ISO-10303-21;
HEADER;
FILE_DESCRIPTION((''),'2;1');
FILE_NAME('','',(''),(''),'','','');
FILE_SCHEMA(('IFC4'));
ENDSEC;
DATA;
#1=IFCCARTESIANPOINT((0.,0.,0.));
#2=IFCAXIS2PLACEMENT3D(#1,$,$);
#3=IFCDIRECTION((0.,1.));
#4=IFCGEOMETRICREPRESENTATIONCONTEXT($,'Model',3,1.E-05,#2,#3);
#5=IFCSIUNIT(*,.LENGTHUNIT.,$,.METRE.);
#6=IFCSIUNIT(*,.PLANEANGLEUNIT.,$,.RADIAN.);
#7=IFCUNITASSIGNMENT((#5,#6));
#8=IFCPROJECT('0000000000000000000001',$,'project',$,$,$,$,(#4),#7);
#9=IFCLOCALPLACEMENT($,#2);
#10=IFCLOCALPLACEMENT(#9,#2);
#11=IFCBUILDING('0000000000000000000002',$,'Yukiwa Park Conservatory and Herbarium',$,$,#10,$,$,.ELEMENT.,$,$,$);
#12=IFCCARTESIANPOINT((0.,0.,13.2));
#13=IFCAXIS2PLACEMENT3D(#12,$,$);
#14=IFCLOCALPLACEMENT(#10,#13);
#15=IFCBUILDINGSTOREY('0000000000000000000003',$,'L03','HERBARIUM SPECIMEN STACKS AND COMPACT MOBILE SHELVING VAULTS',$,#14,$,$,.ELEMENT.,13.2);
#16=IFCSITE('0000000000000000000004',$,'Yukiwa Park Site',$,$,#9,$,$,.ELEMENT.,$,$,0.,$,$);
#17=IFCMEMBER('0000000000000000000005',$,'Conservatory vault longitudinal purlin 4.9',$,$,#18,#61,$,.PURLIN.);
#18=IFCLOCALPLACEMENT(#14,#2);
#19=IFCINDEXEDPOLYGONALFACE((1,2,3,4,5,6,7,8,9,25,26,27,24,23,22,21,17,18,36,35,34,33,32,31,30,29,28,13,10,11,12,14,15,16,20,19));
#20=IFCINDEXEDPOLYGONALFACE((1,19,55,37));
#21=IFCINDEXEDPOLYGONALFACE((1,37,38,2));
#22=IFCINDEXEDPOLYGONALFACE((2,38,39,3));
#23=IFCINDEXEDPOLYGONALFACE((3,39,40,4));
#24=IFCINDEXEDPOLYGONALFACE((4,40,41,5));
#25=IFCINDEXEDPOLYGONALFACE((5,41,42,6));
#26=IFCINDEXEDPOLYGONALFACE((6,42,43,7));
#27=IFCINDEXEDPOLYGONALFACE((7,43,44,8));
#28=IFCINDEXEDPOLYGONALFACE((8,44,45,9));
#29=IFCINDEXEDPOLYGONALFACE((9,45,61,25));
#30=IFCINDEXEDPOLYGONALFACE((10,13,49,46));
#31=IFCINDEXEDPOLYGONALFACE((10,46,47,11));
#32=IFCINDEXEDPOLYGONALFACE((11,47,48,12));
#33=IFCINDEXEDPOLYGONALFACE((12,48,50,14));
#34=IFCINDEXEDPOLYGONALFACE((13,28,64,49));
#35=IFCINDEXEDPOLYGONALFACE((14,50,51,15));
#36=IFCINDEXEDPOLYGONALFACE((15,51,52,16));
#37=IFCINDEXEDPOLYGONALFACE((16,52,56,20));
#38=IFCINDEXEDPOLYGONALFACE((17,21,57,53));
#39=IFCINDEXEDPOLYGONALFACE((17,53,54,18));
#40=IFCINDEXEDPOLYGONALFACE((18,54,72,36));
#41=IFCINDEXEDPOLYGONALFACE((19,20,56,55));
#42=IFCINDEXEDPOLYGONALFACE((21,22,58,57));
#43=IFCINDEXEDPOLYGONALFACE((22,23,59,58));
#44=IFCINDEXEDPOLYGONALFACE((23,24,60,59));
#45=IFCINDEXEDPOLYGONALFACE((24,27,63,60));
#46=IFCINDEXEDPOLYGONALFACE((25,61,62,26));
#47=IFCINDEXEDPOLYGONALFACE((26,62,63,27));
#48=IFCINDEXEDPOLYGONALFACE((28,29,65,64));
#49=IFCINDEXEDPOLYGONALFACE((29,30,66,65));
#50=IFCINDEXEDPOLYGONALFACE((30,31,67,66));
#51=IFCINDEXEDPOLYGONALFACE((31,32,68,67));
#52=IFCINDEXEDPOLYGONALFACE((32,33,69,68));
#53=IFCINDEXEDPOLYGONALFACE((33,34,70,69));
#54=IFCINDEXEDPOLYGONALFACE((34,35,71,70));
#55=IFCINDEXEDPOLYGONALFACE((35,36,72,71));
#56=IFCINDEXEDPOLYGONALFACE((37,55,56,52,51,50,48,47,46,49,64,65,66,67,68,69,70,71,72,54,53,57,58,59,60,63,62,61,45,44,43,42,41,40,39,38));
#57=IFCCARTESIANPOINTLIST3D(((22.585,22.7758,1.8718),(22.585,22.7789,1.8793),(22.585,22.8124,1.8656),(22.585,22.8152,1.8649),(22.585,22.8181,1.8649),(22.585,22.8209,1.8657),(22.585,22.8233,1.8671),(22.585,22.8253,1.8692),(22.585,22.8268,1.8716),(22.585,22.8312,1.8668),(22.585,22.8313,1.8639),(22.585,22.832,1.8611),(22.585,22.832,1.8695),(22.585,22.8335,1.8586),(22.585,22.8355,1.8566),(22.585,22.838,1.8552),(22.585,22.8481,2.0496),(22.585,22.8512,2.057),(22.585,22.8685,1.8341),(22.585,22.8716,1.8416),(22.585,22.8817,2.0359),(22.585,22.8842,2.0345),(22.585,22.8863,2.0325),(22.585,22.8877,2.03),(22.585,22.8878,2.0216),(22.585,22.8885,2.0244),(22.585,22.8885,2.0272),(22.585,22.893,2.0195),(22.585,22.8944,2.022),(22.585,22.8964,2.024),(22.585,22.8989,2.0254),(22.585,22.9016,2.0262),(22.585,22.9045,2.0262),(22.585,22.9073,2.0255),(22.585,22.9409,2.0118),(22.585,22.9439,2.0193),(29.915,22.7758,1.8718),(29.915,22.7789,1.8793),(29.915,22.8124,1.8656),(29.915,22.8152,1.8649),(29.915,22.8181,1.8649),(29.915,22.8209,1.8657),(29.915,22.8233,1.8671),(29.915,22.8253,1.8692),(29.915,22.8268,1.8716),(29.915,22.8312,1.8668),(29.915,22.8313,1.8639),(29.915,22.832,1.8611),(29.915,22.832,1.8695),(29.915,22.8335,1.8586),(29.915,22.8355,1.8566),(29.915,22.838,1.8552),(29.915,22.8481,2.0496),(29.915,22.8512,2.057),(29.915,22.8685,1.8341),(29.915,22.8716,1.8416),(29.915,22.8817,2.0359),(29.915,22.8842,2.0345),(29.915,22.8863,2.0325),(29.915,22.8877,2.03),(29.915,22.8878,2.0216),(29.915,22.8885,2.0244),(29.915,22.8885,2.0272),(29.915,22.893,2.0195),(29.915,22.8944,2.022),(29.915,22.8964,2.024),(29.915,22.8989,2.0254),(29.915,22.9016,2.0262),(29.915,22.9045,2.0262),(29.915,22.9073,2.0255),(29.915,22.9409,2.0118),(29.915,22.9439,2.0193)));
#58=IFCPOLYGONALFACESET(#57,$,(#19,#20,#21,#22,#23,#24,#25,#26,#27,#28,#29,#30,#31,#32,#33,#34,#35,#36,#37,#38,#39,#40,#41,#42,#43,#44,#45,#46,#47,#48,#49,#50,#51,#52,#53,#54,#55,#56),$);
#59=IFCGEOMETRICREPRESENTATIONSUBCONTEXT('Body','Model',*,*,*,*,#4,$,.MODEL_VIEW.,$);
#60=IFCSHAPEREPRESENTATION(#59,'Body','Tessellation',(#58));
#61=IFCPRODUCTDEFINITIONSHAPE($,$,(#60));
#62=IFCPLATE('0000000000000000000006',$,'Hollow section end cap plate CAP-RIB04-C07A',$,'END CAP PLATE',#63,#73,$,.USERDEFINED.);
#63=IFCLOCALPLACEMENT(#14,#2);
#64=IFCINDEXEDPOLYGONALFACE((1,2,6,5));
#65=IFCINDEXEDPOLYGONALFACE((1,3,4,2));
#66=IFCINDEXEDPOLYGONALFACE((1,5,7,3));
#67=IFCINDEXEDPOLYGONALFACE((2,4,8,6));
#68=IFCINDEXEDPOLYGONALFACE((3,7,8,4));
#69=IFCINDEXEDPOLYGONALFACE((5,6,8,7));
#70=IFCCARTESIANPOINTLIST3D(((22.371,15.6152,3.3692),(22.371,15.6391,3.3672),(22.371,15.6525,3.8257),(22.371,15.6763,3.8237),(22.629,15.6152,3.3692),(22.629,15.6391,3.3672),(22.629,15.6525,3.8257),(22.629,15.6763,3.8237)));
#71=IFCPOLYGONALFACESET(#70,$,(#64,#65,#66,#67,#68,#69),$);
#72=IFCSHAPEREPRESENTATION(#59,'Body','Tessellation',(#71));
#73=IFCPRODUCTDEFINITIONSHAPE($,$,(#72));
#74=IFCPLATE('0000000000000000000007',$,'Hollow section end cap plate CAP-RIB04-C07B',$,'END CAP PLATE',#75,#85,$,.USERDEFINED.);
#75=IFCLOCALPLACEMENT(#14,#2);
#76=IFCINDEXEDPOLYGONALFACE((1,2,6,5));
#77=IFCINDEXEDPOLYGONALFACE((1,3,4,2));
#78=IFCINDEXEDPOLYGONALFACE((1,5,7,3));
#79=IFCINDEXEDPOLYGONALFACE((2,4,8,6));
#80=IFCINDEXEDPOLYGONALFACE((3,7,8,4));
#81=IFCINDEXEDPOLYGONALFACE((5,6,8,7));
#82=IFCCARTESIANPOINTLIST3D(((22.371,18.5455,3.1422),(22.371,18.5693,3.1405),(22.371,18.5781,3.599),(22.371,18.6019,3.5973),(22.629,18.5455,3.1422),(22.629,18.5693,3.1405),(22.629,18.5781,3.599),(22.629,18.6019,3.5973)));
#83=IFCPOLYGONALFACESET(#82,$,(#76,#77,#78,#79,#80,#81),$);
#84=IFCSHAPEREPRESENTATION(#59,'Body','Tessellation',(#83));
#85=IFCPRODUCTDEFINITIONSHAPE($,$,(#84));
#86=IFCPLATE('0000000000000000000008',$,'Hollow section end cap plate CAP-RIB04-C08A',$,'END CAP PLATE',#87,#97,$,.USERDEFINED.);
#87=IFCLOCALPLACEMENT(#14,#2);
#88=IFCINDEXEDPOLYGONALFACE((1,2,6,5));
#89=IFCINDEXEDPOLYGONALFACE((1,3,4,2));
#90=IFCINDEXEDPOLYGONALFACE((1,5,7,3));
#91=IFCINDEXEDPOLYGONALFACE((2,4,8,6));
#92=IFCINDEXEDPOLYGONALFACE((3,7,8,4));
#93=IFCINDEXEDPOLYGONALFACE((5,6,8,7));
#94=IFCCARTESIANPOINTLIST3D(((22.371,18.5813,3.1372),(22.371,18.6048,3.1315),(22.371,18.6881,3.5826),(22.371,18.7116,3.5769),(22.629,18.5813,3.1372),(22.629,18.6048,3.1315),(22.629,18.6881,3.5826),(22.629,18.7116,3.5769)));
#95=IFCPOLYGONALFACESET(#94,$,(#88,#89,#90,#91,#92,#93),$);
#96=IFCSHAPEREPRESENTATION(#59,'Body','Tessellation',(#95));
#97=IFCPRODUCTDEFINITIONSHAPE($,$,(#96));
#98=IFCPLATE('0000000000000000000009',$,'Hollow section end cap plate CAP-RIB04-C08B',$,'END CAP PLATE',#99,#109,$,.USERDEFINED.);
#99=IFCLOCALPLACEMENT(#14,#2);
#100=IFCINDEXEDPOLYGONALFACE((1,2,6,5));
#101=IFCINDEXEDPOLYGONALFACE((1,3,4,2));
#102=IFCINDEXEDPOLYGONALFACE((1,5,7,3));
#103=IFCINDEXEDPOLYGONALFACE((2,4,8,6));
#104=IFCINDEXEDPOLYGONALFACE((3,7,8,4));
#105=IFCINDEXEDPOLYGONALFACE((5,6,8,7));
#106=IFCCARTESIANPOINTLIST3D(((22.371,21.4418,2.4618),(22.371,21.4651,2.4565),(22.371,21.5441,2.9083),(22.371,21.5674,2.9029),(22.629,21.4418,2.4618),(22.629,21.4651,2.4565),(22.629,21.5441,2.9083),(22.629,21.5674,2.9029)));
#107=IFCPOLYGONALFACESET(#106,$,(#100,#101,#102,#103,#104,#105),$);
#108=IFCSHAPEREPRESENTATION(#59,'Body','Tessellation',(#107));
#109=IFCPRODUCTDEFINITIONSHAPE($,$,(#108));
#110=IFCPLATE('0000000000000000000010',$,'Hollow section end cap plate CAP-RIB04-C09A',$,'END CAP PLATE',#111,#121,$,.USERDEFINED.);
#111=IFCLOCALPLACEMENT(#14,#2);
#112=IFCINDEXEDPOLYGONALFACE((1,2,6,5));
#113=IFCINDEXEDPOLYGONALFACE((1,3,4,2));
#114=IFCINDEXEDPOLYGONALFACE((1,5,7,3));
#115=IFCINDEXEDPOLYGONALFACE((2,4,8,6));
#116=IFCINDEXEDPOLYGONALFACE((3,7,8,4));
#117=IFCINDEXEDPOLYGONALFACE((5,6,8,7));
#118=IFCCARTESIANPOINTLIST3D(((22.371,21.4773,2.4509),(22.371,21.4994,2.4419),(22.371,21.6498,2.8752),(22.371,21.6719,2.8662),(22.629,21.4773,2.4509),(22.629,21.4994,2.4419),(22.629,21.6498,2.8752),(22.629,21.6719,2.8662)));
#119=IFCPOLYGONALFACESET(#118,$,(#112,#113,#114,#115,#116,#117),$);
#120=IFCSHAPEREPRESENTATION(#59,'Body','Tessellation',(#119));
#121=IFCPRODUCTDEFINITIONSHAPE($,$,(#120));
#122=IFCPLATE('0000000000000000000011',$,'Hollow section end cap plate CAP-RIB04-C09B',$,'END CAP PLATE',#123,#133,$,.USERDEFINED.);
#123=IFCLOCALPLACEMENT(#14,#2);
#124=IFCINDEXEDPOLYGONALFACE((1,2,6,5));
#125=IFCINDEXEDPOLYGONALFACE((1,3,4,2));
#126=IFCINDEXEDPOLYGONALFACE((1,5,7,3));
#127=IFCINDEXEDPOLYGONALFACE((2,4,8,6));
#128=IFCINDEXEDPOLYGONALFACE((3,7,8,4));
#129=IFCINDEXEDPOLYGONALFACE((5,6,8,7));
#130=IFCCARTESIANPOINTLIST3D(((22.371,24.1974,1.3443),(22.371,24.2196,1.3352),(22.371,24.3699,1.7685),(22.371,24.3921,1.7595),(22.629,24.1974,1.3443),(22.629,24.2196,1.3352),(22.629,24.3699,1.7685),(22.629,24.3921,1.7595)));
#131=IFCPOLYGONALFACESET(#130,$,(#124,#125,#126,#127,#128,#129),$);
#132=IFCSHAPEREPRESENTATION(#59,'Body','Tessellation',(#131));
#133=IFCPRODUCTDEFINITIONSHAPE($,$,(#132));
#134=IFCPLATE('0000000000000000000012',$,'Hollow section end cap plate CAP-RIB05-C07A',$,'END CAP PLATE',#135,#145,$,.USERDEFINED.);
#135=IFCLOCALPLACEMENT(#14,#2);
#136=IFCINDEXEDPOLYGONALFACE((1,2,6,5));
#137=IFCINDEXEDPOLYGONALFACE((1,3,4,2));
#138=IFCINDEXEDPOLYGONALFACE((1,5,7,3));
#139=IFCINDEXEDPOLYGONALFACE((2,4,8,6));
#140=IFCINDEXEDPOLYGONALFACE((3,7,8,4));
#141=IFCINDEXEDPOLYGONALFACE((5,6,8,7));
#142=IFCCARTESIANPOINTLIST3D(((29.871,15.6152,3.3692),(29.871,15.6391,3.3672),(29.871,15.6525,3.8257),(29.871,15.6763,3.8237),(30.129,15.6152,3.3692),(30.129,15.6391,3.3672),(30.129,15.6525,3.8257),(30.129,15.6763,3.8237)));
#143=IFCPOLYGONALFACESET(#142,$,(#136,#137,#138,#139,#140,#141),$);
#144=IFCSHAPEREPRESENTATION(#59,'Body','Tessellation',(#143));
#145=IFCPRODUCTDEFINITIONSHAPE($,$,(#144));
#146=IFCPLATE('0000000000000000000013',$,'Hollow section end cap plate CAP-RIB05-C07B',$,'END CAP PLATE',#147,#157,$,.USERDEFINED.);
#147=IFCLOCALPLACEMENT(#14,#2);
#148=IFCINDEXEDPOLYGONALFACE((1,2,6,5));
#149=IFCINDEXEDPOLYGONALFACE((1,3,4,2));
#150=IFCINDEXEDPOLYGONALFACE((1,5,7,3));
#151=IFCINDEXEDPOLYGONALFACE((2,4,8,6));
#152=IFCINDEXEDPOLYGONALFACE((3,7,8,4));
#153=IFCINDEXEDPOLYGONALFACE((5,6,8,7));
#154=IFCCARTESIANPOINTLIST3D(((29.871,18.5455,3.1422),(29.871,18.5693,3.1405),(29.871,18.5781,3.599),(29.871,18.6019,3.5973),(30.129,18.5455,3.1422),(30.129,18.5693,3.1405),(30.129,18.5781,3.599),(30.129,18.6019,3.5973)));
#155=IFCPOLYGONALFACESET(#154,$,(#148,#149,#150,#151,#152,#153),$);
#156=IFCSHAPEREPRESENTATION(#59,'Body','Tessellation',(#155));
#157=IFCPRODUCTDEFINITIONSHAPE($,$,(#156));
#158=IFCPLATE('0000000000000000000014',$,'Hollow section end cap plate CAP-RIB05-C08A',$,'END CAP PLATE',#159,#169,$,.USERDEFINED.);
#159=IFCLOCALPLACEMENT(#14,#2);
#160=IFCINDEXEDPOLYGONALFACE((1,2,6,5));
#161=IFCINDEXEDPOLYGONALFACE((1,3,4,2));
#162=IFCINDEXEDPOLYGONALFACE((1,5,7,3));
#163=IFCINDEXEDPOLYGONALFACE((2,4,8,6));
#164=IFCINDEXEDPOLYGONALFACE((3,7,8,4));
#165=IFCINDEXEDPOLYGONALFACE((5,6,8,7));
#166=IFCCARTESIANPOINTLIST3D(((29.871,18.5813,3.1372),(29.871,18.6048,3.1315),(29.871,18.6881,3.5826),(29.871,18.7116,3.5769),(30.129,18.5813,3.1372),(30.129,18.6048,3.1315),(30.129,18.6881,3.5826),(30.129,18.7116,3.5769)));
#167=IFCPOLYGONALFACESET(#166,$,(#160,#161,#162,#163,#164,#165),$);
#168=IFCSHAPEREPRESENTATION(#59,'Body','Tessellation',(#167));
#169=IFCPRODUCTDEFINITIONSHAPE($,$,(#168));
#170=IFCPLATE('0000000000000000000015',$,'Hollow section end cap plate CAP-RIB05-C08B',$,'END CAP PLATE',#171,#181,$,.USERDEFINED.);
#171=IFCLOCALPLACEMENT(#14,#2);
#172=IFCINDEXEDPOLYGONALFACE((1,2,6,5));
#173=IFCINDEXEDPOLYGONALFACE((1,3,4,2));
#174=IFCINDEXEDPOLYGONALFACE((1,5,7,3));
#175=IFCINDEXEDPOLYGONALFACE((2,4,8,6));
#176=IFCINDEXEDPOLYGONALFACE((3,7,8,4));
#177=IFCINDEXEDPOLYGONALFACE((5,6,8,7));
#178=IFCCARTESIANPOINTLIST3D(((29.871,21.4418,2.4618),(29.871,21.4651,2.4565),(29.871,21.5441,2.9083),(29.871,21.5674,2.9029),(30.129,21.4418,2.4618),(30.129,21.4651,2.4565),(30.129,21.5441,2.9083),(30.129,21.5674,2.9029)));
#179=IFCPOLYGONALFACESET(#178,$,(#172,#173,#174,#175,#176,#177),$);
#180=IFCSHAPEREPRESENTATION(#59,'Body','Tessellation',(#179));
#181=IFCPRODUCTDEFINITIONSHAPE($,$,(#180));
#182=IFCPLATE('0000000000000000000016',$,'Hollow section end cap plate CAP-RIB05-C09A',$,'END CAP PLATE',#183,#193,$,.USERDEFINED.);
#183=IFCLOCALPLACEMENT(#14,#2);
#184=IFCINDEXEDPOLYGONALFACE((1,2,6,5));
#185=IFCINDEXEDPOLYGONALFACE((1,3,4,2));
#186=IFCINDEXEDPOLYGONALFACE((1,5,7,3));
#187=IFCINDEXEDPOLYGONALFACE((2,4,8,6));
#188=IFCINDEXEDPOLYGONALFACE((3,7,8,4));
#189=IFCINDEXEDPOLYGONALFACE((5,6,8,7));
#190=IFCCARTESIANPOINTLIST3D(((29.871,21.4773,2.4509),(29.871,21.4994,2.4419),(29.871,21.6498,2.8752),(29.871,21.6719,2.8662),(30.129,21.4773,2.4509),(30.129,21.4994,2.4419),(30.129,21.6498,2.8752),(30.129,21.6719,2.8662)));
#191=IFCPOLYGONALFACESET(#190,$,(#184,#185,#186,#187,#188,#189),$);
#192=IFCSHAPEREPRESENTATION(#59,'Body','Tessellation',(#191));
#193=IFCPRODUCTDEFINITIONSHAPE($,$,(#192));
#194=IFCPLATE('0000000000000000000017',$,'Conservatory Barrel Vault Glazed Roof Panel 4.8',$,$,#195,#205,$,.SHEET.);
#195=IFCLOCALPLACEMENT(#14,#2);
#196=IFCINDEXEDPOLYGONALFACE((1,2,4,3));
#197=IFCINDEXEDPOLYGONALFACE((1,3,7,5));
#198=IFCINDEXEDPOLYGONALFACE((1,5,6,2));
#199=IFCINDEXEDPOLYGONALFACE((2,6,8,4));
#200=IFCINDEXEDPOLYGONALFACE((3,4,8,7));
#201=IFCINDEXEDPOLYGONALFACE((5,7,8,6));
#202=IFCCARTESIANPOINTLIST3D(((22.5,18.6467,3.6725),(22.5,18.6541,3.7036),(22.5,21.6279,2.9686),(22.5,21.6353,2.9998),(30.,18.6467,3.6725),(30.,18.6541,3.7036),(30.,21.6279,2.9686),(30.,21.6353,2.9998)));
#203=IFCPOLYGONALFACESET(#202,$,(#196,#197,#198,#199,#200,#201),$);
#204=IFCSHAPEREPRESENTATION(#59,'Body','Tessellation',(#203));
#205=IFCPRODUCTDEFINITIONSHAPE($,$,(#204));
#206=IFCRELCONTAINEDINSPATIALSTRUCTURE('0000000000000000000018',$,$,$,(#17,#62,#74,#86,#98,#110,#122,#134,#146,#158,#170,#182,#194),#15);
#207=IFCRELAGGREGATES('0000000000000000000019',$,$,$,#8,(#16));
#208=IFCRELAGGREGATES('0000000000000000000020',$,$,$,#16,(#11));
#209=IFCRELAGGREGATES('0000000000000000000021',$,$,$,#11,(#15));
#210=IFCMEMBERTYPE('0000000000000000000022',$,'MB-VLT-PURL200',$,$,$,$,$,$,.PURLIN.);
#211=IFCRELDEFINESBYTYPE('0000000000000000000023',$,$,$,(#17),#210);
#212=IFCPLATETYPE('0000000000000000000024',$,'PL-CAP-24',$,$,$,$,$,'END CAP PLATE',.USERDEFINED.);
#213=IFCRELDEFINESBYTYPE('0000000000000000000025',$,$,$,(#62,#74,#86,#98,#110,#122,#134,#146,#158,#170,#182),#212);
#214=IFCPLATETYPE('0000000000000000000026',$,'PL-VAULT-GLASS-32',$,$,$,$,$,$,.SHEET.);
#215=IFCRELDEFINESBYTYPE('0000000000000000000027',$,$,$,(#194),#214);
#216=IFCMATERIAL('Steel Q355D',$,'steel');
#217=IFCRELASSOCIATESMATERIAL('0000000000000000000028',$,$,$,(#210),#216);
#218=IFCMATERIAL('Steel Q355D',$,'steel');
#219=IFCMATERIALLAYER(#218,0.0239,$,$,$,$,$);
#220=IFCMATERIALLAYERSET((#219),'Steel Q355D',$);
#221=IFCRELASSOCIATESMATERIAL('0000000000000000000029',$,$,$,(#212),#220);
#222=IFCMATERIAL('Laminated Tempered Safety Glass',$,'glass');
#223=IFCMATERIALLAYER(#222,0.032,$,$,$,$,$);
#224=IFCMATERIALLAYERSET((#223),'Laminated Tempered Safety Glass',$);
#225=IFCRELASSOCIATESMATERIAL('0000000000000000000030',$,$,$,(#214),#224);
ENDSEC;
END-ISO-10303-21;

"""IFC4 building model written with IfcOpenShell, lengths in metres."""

from ifc_helpers import new_model, si_unit, direction, frame, origin, origin_2d, place, context, subcontext, project, spatial, polyline, rectangle, i_section, outline, extrude, material, layer, layer_set, material_profile, profile_set, type_object, element, save


model = new_model("IFC4")

# Units and contexts
model_context = context("Model", 3, precision=1e-05, world=origin(), true_north=direction((0.0, 1.0)))
body_context = subcontext(model_context, "Body", "Model", "MODEL_VIEW")
ifc_project = project(units=[si_unit("LENGTHUNIT", "METRE"), si_unit("PLANEANGLEUNIT", "RADIAN")], contexts=[model_context])

# Site, building, storey
site_placement = place(None, origin())
site = spatial("IfcSite", under=ifc_project, at=site_placement, Name="Yukiwa Park Site", CompositionType="ELEMENT", RefElevation=0.0)
building_placement = place(site_placement, origin())
building = spatial("IfcBuilding", under=site, at=building_placement, Name="Yukiwa Park Conservatory and Herbarium", CompositionType="ELEMENT")
storey_placement = place(building_placement, frame((0.0, 0.0, 13.2)))
storey = spatial("IfcBuildingStorey", under=building, at=storey_placement, Name="L03", Description="HERBARIUM SPECIMEN STACKS AND COMPACT MOBILE SHELVING VAULTS", CompositionType="ELEMENT", Elevation=13.2)

# Member
ifc_material_1 = material(Name="Steel Q355D", Category="steel")
ifc_material_profile_1 = material_profile(ifc_material_1, i_section(OverallWidth=0.1001, OverallDepth=0.2, WebThickness=0.0056, FlangeThickness=0.0081, FilletRadius=0.011, at=origin_2d()), Name="HN 200x100x5.5x8")
ifc_profile_set_1 = profile_set([ifc_material_profile_1], Name="Steel Q355D")
member_type = type_object("IfcMemberType", Name="MB-VLT-PURL200", PredefinedType="PURLIN", material=ifc_profile_set_1)
for number, where, z_axis, x_axis, name in (
    (1, (22.585, 22.8599, 1.9456), (1.0, 0.0, 0.0), (0.0, 0.926282, -0.376831), "Conservatory vault longitudinal purlin 4.9"),
):
    element("IfcMember", number, at=place(storey_placement, frame(where, z_axis=z_axis, x_axis=x_axis)), inside=storey, type_object=member_type, Name=name, PredefinedType="PURLIN", context=body_context, shape_type="SweptSolid", body=[
        extrude(i_section(OverallWidth=0.1001, OverallDepth=0.2, WebThickness=0.0056, FlangeThickness=0.0081, FilletRadius=0.011, at=origin_2d()), origin(), (0.0, 0.0, 1.0), 7.3301),
    ])

# Plates
ifc_material_2 = material(Name="Steel Q355D", Category="steel")
ifc_layer_1 = layer(ifc_material_2, 0.0239)
ifc_layer_set_1 = layer_set([ifc_layer_1], Name="Steel Q355D")
plate_type_1 = type_object("IfcPlateType", Name="PL-CAP-24", ElementType="END CAP PLATE", PredefinedType="USERDEFINED", material=ifc_layer_set_1)
for number, where, z_axis, x_axis, name in (
    (2, (22.5, 15.6577, 3.5955), (0.0, -0.996685, 0.081362), (1.0, 0.0, 0.0), "Hollow section end cap plate CAP-RIB04-C07A"),
    (3, (22.5, 18.5618, 3.3706), (0.0, 0.997459, -0.071247), (-1.0, 0.0, 0.0), "Hollow section end cap plate CAP-RIB04-C07B"),
):
    element("IfcPlate", number, at=place(storey_placement, frame(where, z_axis=z_axis, x_axis=x_axis)), inside=storey, type_object=plate_type_1, Name=name, ObjectType="END CAP PLATE", PredefinedType="USERDEFINED", context=body_context, shape_type="SweptSolid", body=[
        extrude(rectangle(XDim=0.2581, YDim=0.458, at=origin_2d()), origin(), (0.0, 0.0, 1.0), 0.0239),
    ])
plate_1_placement = place(storey_placement, frame((22.5, 18.6582, 3.3542), z_axis=(0.0, -0.972479, 0.23299), x_axis=(1.0, 0.0, 0.0)))
element("IfcPlate", 4, at=plate_1_placement, inside=storey, type_object=plate_type_1, Name="Hollow section end cap plate CAP-RIB04-C08A", ObjectType="END CAP PLATE", PredefinedType="USERDEFINED", context=body_context, shape_type="SweptSolid", body=[
    extrude(rectangle(XDim=0.2581, YDim=0.458, at=origin_2d()), origin(), (0.0, 0.0, 1.0), 0.0242),
])
for number, where, z_axis, x_axis, name in (
    (5, (22.5, 21.4929, 2.6851), (0.0, 0.974732, -0.223376), (-1.0, 0.0, 0.0), "Hollow section end cap plate CAP-RIB04-C08B"),
    (6, (22.5, 21.5857, 2.6541), (0.0, -0.926356, 0.37665), (1.0, 0.0, 0.0), "Hollow section end cap plate CAP-RIB04-C09A"),
    (7, (22.5, 24.2837, 1.5564), (0.0, 0.926356, -0.37665), (-1.0, 0.0, 0.0), "Hollow section end cap plate CAP-RIB04-C09B"),
    (8, (30.0, 15.6577, 3.5955), (0.0, -0.996685, 0.081362), (1.0, 0.0, 0.0), "Hollow section end cap plate CAP-RIB05-C07A"),
    (9, (30.0, 18.5618, 3.3706), (0.0, 0.997459, -0.071247), (-1.0, 0.0, 0.0), "Hollow section end cap plate CAP-RIB05-C07B"),
):
    element("IfcPlate", number, at=place(storey_placement, frame(where, z_axis=z_axis, x_axis=x_axis)), inside=storey, type_object=plate_type_1, Name=name, ObjectType="END CAP PLATE", PredefinedType="USERDEFINED", context=body_context, shape_type="SweptSolid", body=[
        extrude(rectangle(XDim=0.2581, YDim=0.458, at=origin_2d()), origin(), (0.0, 0.0, 1.0), 0.0239),
    ])
plate_2_placement = place(storey_placement, frame((30.0, 18.6582, 3.3542), z_axis=(0.0, -0.972479, 0.23299), x_axis=(1.0, 0.0, 0.0)))
element("IfcPlate", 10, at=plate_2_placement, inside=storey, type_object=plate_type_1, Name="Hollow section end cap plate CAP-RIB05-C08A", ObjectType="END CAP PLATE", PredefinedType="USERDEFINED", context=body_context, shape_type="SweptSolid", body=[
    extrude(rectangle(XDim=0.2581, YDim=0.458, at=origin_2d()), origin(), (0.0, 0.0, 1.0), 0.0242),
])
for number, where, z_axis, x_axis, name in (
    (11, (30.0, 21.4929, 2.6851), (0.0, 0.974732, -0.223376), (-1.0, 0.0, 0.0), "Hollow section end cap plate CAP-RIB05-C08B"),
    (12, (30.0, 21.5857, 2.6541), (0.0, -0.926356, 0.37665), (1.0, 0.0, 0.0), "Hollow section end cap plate CAP-RIB05-C09A"),
):
    element("IfcPlate", number, at=place(storey_placement, frame(where, z_axis=z_axis, x_axis=x_axis)), inside=storey, type_object=plate_type_1, Name=name, ObjectType="END CAP PLATE", PredefinedType="USERDEFINED", context=body_context, shape_type="SweptSolid", body=[
        extrude(rectangle(XDim=0.2581, YDim=0.458, at=origin_2d()), origin(), (0.0, 0.0, 1.0), 0.0239),
    ])
ifc_material_3 = material(Name="Laminated Tempered Safety Glass", Category="glass")
ifc_layer_2 = layer(ifc_material_3, 0.032)
ifc_layer_set_2 = layer_set([ifc_layer_2], Name="Laminated Tempered Safety Glass")
plate_type_2 = type_object("IfcPlateType", Name="PL-VAULT-GLASS-32", PredefinedType="SHEET", material=ifc_layer_set_2)
plate_3_placement = place(storey_placement, frame((22.5, 18.6541, 3.7036), z_axis=(0.0, 0.229781, 0.973242), x_axis=(1.0, 0.0, 0.0)))
element("IfcPlate", 13, at=plate_3_placement, inside=storey, type_object=plate_type_2, Name="Conservatory Barrel Vault Glazed Roof Panel 4.8", PredefinedType="SHEET", context=body_context, shape_type="SweptSolid", body=[
    extrude(outline(polyline([(0.0, 0.0), (7.5, 0.0), (7.5, 3.0632), (0.0, 3.0632), (0.0, 0.0)])), origin(), (0.0, 0.0, -1.0), 0.032),
])

save(model, "model.ifc")
